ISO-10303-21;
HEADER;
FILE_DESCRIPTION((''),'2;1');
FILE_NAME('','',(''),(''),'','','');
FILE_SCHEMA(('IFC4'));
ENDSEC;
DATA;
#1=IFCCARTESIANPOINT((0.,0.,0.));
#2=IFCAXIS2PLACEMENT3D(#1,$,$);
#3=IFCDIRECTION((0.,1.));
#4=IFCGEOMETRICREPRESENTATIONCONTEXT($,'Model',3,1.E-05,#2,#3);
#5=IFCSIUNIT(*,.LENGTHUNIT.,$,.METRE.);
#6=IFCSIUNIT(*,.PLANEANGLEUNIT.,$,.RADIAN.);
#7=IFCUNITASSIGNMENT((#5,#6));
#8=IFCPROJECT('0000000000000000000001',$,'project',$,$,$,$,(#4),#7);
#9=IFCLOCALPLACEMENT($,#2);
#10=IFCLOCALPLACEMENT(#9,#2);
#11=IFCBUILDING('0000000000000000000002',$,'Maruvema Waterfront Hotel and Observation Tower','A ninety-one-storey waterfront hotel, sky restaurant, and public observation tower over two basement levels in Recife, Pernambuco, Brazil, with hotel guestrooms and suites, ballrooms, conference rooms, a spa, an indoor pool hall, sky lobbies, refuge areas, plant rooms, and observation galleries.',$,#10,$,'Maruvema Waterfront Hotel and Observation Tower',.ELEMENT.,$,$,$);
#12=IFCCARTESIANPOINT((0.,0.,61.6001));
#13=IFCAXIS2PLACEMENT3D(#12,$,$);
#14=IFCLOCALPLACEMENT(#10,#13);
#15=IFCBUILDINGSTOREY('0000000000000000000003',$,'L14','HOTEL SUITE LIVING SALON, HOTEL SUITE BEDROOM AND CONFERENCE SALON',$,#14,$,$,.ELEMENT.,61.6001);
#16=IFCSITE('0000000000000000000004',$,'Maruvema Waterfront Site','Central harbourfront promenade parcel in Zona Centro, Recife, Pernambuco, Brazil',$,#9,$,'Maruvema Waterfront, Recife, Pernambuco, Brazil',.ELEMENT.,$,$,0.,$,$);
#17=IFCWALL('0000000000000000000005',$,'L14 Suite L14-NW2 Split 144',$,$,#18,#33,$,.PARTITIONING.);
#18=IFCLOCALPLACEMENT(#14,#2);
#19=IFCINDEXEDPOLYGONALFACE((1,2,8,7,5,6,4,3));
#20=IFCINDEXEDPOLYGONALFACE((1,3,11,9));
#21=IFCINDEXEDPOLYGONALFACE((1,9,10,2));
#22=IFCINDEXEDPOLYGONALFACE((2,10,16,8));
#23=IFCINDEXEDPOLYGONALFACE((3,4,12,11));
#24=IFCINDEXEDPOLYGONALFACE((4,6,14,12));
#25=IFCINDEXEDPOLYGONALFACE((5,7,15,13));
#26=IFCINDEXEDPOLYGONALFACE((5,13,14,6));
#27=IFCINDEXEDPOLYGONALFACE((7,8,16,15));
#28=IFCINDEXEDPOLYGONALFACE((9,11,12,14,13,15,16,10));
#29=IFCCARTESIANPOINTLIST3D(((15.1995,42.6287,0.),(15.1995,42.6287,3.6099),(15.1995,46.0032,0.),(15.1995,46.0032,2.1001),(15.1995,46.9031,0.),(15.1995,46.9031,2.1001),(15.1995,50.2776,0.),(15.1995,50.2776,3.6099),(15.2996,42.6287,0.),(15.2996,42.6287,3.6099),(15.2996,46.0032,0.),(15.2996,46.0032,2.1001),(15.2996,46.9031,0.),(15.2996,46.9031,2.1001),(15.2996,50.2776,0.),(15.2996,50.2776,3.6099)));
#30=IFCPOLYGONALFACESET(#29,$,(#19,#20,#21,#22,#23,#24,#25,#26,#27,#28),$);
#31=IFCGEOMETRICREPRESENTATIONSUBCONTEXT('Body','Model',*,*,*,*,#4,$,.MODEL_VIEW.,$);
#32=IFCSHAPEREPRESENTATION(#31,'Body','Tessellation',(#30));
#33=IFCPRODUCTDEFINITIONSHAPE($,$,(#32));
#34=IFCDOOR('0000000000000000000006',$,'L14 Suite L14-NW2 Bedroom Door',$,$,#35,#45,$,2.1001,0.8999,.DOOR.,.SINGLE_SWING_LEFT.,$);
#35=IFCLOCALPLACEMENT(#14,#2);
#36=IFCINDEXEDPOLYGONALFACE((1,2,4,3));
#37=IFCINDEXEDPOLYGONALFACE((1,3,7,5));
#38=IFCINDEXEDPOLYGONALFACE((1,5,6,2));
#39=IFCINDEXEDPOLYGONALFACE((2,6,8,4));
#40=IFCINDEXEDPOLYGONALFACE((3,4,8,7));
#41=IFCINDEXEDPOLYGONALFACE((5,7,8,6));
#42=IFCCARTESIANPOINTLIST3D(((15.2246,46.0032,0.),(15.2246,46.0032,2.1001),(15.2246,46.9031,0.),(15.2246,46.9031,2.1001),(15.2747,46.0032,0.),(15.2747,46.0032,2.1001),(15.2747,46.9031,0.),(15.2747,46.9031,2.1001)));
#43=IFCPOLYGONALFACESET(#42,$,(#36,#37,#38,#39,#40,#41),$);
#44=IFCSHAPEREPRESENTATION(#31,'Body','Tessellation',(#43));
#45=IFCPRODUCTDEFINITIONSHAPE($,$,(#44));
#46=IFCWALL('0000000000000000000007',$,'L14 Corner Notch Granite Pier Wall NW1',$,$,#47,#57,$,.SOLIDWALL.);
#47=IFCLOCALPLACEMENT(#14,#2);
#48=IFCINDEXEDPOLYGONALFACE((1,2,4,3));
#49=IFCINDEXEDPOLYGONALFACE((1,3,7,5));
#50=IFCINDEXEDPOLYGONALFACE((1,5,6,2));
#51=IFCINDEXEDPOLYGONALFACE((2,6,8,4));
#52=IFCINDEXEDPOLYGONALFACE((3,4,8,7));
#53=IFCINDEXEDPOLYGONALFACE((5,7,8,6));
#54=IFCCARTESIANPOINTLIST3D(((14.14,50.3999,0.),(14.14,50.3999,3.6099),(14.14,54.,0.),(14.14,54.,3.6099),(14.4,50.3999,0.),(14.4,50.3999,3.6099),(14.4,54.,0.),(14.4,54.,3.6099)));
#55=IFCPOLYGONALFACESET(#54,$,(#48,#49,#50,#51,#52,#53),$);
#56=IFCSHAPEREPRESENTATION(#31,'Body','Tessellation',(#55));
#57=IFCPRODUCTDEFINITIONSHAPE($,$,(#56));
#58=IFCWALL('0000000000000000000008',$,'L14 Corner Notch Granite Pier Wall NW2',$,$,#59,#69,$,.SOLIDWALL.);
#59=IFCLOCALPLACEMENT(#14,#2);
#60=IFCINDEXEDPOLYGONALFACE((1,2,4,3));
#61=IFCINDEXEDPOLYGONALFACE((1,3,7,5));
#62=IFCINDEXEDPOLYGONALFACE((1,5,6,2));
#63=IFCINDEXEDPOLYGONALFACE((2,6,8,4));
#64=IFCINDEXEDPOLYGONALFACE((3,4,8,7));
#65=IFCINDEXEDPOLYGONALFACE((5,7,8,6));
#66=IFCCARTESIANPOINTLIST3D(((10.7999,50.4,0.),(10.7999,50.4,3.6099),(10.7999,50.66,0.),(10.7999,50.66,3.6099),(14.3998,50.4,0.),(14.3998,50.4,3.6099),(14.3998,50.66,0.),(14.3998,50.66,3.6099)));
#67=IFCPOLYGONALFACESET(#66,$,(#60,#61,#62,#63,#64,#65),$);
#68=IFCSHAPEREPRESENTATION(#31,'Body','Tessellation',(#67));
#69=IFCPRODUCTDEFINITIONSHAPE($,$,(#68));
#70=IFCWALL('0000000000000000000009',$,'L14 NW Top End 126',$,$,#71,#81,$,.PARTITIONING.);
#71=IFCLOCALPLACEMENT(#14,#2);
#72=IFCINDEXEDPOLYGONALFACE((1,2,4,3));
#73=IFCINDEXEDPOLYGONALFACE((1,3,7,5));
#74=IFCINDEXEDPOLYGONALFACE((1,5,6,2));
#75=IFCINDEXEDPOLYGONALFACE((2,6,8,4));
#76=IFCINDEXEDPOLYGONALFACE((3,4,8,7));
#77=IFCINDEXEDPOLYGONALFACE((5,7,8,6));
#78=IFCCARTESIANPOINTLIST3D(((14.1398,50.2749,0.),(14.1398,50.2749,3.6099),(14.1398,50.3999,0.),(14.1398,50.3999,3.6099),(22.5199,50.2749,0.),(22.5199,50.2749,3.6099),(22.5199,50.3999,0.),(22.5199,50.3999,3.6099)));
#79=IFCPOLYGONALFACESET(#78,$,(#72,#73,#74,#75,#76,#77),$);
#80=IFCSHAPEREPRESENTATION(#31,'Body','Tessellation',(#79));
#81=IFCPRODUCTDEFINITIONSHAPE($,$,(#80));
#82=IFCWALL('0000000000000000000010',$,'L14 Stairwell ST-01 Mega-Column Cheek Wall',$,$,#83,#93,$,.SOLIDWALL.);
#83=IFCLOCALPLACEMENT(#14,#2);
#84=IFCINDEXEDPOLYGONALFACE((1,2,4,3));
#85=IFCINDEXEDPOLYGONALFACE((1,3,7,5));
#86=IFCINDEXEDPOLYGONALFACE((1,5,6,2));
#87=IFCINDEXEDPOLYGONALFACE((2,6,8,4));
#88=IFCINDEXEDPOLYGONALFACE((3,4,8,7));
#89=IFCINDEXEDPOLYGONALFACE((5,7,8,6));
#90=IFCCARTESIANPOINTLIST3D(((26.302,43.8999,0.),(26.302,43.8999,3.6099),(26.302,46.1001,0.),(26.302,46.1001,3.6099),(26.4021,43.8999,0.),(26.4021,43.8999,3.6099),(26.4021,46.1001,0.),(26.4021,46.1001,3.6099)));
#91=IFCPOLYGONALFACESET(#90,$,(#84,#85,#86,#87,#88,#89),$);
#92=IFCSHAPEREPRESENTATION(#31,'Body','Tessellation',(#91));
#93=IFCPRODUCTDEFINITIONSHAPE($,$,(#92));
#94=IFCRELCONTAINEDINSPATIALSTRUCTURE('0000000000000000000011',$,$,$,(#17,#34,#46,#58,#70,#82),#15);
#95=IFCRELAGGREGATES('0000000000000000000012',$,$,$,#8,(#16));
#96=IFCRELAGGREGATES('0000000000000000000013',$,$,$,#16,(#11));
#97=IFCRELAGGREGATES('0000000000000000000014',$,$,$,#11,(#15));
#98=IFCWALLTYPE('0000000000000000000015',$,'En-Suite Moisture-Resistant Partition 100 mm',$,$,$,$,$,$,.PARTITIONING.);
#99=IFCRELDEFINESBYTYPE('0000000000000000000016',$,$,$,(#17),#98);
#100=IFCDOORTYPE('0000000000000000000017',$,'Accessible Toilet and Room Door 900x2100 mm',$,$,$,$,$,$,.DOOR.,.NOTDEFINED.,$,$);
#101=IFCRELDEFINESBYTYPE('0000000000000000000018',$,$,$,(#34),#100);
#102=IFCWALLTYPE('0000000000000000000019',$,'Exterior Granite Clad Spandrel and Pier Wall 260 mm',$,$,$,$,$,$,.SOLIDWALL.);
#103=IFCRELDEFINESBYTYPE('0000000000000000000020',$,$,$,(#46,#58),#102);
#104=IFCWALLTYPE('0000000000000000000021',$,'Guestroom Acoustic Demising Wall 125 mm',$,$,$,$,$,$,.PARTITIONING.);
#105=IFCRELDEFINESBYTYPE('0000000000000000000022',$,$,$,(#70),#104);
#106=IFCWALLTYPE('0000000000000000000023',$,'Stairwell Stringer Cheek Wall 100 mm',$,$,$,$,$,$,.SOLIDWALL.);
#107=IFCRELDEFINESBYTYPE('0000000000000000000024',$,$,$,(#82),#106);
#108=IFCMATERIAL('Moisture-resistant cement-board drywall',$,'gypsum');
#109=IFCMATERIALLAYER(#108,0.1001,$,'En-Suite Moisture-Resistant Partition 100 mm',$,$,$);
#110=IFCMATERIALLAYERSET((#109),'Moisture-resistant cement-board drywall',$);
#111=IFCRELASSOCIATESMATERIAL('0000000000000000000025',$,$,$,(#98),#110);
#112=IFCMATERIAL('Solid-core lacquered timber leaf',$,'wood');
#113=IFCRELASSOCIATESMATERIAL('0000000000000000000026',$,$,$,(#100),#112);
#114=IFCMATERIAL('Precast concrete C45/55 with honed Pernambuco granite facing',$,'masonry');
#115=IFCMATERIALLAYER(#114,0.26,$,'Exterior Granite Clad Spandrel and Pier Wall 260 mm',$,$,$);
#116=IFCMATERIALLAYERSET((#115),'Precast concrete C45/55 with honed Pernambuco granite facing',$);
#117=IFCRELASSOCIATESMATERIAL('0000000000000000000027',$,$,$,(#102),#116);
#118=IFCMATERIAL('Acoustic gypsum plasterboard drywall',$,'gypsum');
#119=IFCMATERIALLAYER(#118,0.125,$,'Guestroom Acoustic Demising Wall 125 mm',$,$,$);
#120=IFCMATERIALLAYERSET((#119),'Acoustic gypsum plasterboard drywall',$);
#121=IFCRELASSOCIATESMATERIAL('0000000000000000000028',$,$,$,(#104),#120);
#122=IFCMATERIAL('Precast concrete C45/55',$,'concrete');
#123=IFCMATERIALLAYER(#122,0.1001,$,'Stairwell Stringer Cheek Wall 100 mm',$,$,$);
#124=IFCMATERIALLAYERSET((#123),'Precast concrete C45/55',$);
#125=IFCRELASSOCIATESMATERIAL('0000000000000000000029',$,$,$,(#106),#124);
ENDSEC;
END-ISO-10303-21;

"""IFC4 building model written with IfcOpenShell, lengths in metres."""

from ifc_helpers import new_model, si_unit, direction, frame, frame_2d, origin, place, context, subcontext, project, spatial, rectangle, extrude, material, layer, layer_set, type_object, element, fill, save


model = new_model("IFC4")

# Units and contexts
model_context = context("Model", 3, precision=1e-05, world=origin(), true_north=direction((0.0, 1.0)))
body_context = subcontext(model_context, "Body", "Model", "MODEL_VIEW")
ifc_project = project(units=[si_unit("LENGTHUNIT", "METRE"), si_unit("PLANEANGLEUNIT", "RADIAN")], contexts=[model_context])

# Site, building, storey
site_placement = place(None, origin())
site = spatial("IfcSite", under=ifc_project, at=site_placement, Name="Maruvema Waterfront Site", Description="Central harbourfront promenade parcel in Zona Centro, Recife, Pernambuco, Brazil", LongName="Maruvema Waterfront, Recife, Pernambuco, Brazil", CompositionType="ELEMENT", RefElevation=0.0)
building_placement = place(site_placement, origin())
building = spatial("IfcBuilding", under=site, at=building_placement, Name="Maruvema Waterfront Hotel and Observation Tower", Description="A ninety-one-storey waterfront hotel, sky restaurant, and public observation tower over two basement levels in Recife, Pernambuco, Brazil, with hotel guestrooms and suites, ballrooms, conference rooms, a spa, an indoor pool hall, sky lobbies, refuge areas, plant rooms, and observation galleries.", LongName="Maruvema Waterfront Hotel and Observation Tower", CompositionType="ELEMENT")
storey_placement = place(building_placement, frame((0.0, 0.0, 61.6001)))
storey = spatial("IfcBuildingStorey", under=building, at=storey_placement, Name="L14", Description="HOTEL SUITE LIVING SALON, HOTEL SUITE BEDROOM AND CONFERENCE SALON", CompositionType="ELEMENT", Elevation=61.6001)

# Shared definitions
ifc_material_1 = material(Name="Moisture-resistant cement-board drywall", Category="gypsum")
ifc_layer_1 = layer(ifc_material_1, 0.1001, Name="En-Suite Moisture-Resistant Partition 100 mm")
ifc_layer_set_1 = layer_set([ifc_layer_1], Name="Moisture-resistant cement-board drywall")
wall_type_1 = type_object("IfcWallType", Name="En-Suite Moisture-Resistant Partition 100 mm", PredefinedType="PARTITIONING", material=ifc_layer_set_1)

# Wall, opening, door
wall_1_placement = place(storey_placement, frame((15.2495, 42.6287, 0.0), z_axis=(0.0, 0.0, 1.0), x_axis=(0.0, 1.0, 0.0)))
wall_1 = element("IfcWall", 1, at=wall_1_placement, inside=storey, type_object=wall_type_1, Name="L14 Suite L14-NW2 Split 144", PredefinedType="PARTITIONING", context=body_context, shape_type="SweptSolid", body=[
    extrude(rectangle(XDim=7.6489, YDim=0.1001, at=frame_2d((3.8245, 0.0))), origin(), (0.0, 0.0, 1.0), 3.6099),
])
opening_1_placement = place(wall_1_placement, frame((3.3745, 0.0, 0.0)))
opening_1 = element("IfcOpeningElement", 2, at=opening_1_placement, cuts=wall_1, PredefinedType="OPENING", context=body_context, shape_type="SweptSolid", body=[
    extrude(rectangle(XDim=0.8999, YDim=2.1001, at=frame_2d((0.45, 1.05))), frame((0.0, 0.0601, 0.0), z_axis=(0.0, -1.0, 0.0), x_axis=(1.0, 0.0, 0.0)), (0.0, 0.0, 1.0), 0.1201),
])
ifc_material_2 = material(Name="Solid-core lacquered timber leaf", Category="wood")
door_type_1 = type_object("IfcDoorType", Name="Accessible Toilet and Room Door 900x2100 mm", OperationType="NOTDEFINED", PredefinedType="DOOR", material=ifc_material_2)
door_1_placement = place(opening_1_placement, origin())
door_1 = element("IfcDoor", 3, at=door_1_placement, inside=storey, type_object=door_type_1, Name="L14 Suite L14-NW2 Bedroom Door", OperationType="SINGLE_SWING_LEFT", OverallHeight=2.1001, OverallWidth=0.8999, PredefinedType="DOOR", context=body_context, shape_type="SweptSolid", body=[
    extrude(rectangle(XDim=0.8999, YDim=2.1001, at=frame_2d((0.45, 1.05))), frame((0.0, 0.0249, 0.0), z_axis=(0.0, -1.0, 0.0), x_axis=(1.0, 0.0, 0.0)), (0.0, 0.0, 1.0), 0.05),
])
fill(opening_1, door_1)

# Walls
ifc_material_3 = material(Name="Precast concrete C45/55 with honed Pernambuco granite facing", Category="masonry")
ifc_layer_2 = layer(ifc_material_3, 0.26, Name="Exterior Granite Clad Spandrel and Pier Wall 260 mm")
ifc_layer_set_2 = layer_set([ifc_layer_2], Name="Precast concrete C45/55 with honed Pernambuco granite facing")
wall_type_2 = type_object("IfcWallType", Name="Exterior Granite Clad Spandrel and Pier Wall 260 mm", PredefinedType="SOLIDWALL", material=ifc_layer_set_2)
wall_2_placement = place(storey_placement, frame((14.27, 50.3999, 0.0), z_axis=(0.0, 0.0, 1.0), x_axis=(0.0, 1.0, 0.0)))
element("IfcWall", 4, at=wall_2_placement, inside=storey, type_object=wall_type_2, Name="L14 Corner Notch Granite Pier Wall NW1", PredefinedType="SOLIDWALL", context=body_context, shape_type="SweptSolid", body=[
    extrude(rectangle(XDim=3.6001, YDim=0.26, at=frame_2d((1.8, 0.0))), origin(), (0.0, 0.0, 1.0), 3.6099),
])
wall_3_placement = place(storey_placement, frame((10.8, 50.53, 0.0), z_axis=(0.0, 0.0, 1.0), x_axis=(1.0, 0.0, 0.0)))
element("IfcWall", 5, at=wall_3_placement, inside=storey, type_object=wall_type_2, Name="L14 Corner Notch Granite Pier Wall NW2", PredefinedType="SOLIDWALL", context=body_context, shape_type="SweptSolid", body=[
    extrude(rectangle(XDim=3.5999, YDim=0.26, at=frame_2d((1.7998, 0.0))), origin(), (0.0, 0.0, 1.0), 3.6099),
])
ifc_material_4 = material(Name="Acoustic gypsum plasterboard drywall", Category="gypsum")
ifc_layer_3 = layer(ifc_material_4, 0.125, Name="Guestroom Acoustic Demising Wall 125 mm")
ifc_layer_set_3 = layer_set([ifc_layer_3], Name="Acoustic gypsum plasterboard drywall")
wall_type_3 = type_object("IfcWallType", Name="Guestroom Acoustic Demising Wall 125 mm", PredefinedType="PARTITIONING", material=ifc_layer_set_3)
wall_4_placement = place(storey_placement, frame((14.1399, 50.3374, 0.0), z_axis=(0.0, 0.0, 1.0), x_axis=(1.0, 0.0, 0.0)))
element("IfcWall", 6, at=wall_4_placement, inside=storey, type_object=wall_type_3, Name="L14 NW Top End 126", PredefinedType="PARTITIONING", context=body_context, shape_type="SweptSolid", body=[
    extrude(rectangle(XDim=8.3801, YDim=0.125, at=frame_2d((4.1899, 0.0))), origin(), (0.0, 0.0, 1.0), 3.6099),
])
ifc_material_5 = material(Name="Precast concrete C45/55", Category="concrete")
ifc_layer_4 = layer(ifc_material_5, 0.1001, Name="Stairwell Stringer Cheek Wall 100 mm")
ifc_layer_set_4 = layer_set([ifc_layer_4], Name="Precast concrete C45/55")
wall_type_4 = type_object("IfcWallType", Name="Stairwell Stringer Cheek Wall 100 mm", PredefinedType="SOLIDWALL", material=ifc_layer_set_4)
wall_5_placement = place(storey_placement, frame((26.3521, 43.8999, 0.0), z_axis=(0.0, 0.0, 1.0), x_axis=(0.0, 1.0, 0.0)))
element("IfcWall", 7, at=wall_5_placement, inside=storey, type_object=wall_type_4, Name="L14 Stairwell ST-01 Mega-Column Cheek Wall", PredefinedType="SOLIDWALL", context=body_context, shape_type="SweptSolid", body=[
    extrude(rectangle(XDim=2.2002, YDim=0.1001, at=frame_2d((1.1001, 0.0))), origin(), (0.0, 0.0, 1.0), 3.6099),
])

save(model, "model.ifc")
